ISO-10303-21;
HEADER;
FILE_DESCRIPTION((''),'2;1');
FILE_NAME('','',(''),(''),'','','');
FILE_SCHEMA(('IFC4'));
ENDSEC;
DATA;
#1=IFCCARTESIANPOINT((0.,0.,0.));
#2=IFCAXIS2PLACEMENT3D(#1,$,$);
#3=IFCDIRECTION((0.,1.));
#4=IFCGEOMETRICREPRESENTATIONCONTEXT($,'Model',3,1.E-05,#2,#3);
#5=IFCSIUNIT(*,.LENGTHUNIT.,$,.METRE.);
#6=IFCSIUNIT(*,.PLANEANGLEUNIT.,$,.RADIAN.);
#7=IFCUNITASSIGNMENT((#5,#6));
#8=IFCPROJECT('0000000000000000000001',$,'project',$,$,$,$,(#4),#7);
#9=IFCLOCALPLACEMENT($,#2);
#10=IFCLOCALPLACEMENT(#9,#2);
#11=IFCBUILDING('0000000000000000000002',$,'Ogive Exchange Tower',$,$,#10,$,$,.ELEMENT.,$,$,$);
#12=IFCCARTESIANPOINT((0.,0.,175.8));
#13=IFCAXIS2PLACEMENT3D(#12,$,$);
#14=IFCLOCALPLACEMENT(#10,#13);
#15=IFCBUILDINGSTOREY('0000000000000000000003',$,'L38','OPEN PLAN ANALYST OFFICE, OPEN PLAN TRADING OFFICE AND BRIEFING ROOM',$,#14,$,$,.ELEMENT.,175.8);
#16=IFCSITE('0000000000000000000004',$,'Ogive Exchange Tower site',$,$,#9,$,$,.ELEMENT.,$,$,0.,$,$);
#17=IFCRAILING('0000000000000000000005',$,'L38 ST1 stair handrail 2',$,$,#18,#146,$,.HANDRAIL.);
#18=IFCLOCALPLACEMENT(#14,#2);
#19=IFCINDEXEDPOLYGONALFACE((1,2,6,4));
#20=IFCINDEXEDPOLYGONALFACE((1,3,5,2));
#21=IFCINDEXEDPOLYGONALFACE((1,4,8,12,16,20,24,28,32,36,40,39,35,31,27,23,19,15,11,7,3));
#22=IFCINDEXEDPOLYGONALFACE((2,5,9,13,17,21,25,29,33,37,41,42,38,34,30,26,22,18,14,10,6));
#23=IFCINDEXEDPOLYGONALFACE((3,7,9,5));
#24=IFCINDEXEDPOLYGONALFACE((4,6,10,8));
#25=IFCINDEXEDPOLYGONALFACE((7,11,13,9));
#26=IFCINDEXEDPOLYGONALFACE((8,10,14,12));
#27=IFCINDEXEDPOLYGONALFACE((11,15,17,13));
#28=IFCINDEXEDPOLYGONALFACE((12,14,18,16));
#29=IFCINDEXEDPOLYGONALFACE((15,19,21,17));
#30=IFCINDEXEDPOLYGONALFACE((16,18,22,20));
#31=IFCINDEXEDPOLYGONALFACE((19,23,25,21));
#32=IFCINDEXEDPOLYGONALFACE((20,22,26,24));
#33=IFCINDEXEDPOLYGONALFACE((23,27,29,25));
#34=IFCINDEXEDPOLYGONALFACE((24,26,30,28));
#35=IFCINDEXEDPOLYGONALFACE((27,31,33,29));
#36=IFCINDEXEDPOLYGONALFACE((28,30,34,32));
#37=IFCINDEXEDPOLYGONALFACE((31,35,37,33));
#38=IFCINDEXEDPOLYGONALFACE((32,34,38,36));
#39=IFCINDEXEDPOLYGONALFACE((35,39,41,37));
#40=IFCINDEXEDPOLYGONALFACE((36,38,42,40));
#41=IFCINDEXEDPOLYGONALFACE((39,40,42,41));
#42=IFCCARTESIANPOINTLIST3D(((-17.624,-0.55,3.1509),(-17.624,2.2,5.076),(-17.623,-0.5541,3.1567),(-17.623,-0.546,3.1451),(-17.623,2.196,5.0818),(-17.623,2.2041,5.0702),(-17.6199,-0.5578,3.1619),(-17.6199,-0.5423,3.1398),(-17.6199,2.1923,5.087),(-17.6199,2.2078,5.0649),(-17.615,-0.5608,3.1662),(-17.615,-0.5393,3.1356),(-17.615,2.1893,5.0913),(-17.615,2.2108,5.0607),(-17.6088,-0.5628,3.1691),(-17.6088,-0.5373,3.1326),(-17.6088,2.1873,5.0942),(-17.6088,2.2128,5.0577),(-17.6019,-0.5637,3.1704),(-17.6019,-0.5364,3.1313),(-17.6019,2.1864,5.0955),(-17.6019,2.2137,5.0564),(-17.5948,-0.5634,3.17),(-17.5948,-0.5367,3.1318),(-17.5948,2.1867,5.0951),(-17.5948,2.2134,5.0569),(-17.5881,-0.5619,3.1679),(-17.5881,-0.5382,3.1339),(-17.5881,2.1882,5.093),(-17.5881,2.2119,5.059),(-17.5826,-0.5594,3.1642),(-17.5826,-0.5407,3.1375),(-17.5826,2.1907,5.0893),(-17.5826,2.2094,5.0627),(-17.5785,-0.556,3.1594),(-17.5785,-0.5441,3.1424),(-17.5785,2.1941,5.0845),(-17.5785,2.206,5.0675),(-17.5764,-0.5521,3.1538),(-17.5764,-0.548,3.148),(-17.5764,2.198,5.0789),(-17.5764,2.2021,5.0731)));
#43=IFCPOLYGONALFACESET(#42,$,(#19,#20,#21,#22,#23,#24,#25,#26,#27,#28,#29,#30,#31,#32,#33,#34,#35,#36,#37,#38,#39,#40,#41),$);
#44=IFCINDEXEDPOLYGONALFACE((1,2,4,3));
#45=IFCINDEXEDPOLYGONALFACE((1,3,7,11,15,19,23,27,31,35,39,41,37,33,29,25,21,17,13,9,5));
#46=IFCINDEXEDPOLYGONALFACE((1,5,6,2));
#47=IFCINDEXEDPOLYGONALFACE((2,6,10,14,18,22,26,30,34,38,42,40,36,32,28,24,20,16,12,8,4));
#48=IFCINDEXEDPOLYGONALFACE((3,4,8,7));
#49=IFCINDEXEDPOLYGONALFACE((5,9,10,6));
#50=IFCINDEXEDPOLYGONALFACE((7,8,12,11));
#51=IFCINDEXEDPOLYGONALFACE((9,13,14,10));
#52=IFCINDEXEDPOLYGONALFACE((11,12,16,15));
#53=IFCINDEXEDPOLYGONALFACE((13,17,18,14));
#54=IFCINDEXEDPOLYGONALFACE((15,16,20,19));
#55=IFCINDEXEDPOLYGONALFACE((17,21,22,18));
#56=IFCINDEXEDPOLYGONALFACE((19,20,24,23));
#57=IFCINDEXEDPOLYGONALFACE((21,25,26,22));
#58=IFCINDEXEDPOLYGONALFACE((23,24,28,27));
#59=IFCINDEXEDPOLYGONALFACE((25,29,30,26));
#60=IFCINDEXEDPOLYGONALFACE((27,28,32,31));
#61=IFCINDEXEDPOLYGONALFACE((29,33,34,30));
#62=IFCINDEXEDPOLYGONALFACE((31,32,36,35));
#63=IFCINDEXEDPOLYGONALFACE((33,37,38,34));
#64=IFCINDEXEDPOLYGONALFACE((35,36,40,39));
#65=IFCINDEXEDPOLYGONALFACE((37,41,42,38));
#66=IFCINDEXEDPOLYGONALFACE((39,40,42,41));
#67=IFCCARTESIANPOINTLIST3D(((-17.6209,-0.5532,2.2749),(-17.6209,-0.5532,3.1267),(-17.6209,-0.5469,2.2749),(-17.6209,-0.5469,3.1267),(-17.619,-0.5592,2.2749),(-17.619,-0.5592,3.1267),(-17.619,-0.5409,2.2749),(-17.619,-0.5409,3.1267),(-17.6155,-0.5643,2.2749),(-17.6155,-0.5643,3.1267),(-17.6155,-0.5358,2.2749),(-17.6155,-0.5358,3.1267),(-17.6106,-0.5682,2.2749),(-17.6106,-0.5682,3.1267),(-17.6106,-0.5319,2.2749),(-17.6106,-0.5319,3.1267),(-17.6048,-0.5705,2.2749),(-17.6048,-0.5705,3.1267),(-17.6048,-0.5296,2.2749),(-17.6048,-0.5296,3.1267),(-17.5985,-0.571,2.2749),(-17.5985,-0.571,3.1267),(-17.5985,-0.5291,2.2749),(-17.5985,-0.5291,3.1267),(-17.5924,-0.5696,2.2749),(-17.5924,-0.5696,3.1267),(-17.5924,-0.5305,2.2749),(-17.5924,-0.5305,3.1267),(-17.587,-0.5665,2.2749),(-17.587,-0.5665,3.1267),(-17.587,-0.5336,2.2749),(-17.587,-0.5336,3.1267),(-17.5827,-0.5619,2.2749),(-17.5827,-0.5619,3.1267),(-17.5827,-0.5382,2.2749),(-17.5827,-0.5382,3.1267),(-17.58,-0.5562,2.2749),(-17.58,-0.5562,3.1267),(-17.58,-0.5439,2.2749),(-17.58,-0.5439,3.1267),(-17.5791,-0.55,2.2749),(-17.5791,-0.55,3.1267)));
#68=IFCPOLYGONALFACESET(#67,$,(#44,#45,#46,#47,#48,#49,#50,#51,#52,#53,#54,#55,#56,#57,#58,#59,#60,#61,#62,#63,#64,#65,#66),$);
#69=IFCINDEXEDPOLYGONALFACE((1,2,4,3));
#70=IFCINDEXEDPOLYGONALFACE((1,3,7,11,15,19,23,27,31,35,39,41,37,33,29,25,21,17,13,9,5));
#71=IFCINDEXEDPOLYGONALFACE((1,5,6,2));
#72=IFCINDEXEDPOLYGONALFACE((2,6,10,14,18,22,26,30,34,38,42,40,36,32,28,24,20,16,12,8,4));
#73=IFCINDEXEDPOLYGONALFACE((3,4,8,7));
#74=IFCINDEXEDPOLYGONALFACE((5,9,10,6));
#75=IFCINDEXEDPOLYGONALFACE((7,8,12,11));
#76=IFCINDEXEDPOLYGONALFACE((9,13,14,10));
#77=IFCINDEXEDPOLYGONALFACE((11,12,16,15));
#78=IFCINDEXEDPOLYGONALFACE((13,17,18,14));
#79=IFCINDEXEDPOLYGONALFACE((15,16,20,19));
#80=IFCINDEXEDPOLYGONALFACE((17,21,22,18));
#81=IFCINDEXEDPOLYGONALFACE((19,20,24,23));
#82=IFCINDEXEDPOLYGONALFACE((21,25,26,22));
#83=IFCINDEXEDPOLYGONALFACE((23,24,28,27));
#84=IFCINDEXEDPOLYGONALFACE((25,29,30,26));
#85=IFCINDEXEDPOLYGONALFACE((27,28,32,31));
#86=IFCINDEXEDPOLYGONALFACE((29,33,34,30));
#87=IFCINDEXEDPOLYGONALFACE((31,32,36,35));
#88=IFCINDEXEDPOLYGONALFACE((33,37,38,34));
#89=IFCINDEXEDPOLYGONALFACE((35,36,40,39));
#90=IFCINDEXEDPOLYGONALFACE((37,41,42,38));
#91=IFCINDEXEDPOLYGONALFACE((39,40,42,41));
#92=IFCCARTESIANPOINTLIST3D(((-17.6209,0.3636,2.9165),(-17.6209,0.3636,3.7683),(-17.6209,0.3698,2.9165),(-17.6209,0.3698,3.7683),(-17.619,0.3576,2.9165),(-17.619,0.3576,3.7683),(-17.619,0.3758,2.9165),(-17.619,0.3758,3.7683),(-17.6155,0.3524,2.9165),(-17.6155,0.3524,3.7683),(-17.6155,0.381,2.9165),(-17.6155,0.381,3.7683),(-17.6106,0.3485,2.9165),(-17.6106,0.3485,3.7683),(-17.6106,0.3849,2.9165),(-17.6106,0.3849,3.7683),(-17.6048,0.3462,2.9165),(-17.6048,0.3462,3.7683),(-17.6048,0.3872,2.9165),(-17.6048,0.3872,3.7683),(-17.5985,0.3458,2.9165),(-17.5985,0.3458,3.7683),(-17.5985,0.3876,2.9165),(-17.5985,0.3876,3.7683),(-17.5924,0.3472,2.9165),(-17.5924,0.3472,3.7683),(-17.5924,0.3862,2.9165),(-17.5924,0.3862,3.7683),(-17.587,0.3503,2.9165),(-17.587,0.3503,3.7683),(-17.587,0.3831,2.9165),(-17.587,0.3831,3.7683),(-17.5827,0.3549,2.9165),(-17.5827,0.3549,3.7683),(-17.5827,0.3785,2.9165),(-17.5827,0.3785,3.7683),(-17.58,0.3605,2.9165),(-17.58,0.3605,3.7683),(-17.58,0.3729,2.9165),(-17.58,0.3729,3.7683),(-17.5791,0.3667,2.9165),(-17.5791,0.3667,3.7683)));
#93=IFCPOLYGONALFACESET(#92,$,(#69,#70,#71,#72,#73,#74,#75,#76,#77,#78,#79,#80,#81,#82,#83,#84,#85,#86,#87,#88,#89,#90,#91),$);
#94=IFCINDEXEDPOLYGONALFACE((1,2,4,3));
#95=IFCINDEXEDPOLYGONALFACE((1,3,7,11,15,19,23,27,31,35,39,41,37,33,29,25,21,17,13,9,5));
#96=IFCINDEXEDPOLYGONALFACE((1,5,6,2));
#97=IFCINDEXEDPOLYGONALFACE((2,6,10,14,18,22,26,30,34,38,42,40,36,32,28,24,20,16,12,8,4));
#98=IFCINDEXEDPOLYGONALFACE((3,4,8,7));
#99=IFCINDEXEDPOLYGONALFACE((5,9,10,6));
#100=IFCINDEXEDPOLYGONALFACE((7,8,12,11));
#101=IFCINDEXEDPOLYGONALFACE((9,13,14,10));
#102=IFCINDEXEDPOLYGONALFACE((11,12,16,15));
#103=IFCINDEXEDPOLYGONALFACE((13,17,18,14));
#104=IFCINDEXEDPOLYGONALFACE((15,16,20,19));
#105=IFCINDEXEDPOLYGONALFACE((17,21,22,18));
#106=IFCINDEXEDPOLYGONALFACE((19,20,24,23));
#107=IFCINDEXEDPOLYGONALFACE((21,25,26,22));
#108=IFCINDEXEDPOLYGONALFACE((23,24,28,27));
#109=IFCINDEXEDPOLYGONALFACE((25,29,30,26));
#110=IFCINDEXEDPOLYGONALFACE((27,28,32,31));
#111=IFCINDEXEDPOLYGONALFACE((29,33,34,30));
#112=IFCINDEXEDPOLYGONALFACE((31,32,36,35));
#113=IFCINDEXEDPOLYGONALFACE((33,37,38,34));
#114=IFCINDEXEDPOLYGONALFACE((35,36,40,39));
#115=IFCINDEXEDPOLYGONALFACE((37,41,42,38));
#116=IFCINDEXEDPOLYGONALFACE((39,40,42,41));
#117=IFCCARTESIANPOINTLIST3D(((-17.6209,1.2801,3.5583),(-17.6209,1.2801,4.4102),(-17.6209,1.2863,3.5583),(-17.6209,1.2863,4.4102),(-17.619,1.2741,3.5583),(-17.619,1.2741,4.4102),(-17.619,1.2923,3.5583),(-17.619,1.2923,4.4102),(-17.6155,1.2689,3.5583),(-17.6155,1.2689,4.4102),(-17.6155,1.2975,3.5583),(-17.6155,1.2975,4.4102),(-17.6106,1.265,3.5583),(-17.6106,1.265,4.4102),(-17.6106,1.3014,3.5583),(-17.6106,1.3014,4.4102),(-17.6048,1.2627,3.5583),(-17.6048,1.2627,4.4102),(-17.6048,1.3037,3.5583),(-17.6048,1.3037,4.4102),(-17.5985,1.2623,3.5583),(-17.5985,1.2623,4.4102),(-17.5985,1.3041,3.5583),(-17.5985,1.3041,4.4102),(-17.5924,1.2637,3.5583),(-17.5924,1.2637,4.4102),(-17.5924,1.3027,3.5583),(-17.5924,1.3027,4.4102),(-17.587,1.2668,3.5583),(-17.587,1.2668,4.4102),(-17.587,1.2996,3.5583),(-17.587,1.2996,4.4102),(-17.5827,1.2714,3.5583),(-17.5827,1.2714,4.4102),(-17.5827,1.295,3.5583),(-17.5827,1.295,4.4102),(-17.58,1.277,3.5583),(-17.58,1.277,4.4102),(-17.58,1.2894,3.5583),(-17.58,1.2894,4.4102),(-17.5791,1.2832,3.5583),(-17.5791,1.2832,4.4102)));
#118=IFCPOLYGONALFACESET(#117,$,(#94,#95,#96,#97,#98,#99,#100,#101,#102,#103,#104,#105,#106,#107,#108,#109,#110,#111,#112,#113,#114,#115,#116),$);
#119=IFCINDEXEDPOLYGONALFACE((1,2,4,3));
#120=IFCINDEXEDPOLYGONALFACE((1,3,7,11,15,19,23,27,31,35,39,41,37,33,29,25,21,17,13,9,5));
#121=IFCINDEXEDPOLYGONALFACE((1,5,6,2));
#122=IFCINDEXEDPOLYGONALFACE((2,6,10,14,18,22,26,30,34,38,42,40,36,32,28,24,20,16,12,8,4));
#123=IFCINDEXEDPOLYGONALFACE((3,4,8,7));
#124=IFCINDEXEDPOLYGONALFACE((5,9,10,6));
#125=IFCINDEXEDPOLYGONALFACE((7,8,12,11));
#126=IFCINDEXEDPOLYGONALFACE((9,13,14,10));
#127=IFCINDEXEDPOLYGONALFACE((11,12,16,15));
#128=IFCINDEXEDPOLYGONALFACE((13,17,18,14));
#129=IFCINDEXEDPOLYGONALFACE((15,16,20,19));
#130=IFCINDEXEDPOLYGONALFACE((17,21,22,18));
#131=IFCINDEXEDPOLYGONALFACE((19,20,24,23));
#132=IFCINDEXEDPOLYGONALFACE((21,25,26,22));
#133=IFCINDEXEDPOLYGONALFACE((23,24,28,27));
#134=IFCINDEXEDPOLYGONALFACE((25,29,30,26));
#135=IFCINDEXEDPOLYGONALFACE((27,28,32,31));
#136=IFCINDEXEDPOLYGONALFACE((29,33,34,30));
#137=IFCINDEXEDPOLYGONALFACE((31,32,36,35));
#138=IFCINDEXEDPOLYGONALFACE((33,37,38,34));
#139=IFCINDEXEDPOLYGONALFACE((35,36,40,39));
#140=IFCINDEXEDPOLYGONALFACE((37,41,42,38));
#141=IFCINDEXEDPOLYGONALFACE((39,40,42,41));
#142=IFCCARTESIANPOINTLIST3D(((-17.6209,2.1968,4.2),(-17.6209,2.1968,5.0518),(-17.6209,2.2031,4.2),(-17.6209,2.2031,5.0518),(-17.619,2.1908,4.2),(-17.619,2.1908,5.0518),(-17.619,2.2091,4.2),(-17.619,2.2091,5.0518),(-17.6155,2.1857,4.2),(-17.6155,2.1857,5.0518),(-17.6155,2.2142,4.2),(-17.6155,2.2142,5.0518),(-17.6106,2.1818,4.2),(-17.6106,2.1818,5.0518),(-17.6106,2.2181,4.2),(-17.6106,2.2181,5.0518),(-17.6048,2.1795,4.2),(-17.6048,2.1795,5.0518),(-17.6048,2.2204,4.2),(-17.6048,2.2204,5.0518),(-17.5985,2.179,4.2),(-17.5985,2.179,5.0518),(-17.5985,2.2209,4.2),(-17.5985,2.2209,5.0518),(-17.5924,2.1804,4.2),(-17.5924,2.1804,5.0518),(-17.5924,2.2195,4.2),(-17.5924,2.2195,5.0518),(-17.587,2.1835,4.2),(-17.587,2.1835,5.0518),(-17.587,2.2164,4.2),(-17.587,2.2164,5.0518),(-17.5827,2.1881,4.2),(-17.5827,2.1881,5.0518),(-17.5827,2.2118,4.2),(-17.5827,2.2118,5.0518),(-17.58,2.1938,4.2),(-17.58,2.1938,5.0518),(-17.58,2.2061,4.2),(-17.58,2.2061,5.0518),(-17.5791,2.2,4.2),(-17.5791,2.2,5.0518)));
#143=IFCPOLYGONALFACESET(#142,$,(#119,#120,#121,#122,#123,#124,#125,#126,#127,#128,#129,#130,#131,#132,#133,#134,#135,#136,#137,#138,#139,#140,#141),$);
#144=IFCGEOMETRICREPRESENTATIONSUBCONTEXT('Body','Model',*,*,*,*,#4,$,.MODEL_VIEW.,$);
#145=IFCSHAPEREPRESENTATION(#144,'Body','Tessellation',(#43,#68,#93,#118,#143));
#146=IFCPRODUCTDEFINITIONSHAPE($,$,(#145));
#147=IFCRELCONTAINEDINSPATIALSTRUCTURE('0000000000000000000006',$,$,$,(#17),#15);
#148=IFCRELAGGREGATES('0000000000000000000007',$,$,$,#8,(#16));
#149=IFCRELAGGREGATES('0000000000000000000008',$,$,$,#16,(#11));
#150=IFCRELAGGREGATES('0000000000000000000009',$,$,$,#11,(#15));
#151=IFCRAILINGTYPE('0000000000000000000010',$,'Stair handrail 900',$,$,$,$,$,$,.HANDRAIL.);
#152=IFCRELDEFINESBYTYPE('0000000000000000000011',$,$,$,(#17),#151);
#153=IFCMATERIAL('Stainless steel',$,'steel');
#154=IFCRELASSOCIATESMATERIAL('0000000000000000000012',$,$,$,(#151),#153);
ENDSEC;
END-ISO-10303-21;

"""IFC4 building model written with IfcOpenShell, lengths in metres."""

from ifc_helpers import new_model, si_unit, direction, frame, origin, origin_2d, place, context, subcontext, project, spatial, circle, extrude, material, type_object, element, save


model = new_model("IFC4")

# Units and contexts
model_context = context("Model", 3, precision=1e-05, world=origin(), true_north=direction((0.0, 1.0)))
body_context = subcontext(model_context, "Body", "Model", "MODEL_VIEW")
ifc_project = project(units=[si_unit("LENGTHUNIT", "METRE"), si_unit("PLANEANGLEUNIT", "RADIAN")], contexts=[model_context])

# Site, building, storey
site_placement = place(None, origin())
site = spatial("IfcSite", under=ifc_project, at=site_placement, Name="Ogive Exchange Tower site", CompositionType="ELEMENT", RefElevation=0.0)
building_placement = place(site_placement, origin())
building = spatial("IfcBuilding", under=site, at=building_placement, Name="Ogive Exchange Tower", CompositionType="ELEMENT")
storey_placement = place(building_placement, frame((0.0, 0.0, 175.8)))
storey = spatial("IfcBuildingStorey", under=building, at=storey_placement, Name="L38", Description="OPEN PLAN ANALYST OFFICE, OPEN PLAN TRADING OFFICE AND BRIEFING ROOM", CompositionType="ELEMENT", Elevation=175.8)

# Shared definitions
ifc_material_1 = material(Name="Stainless steel", Category="steel")

# Railing
railing_type = type_object("IfcRailingType", Name="Stair handrail 900", PredefinedType="HANDRAIL", material=ifc_material_1)
railing_placement = place(storey_placement, frame((-17.6001, -0.55, 2.2749)))
element("IfcRailing", 1, at=railing_placement, inside=storey, type_object=railing_type, Name="L38 ST1 stair handrail 2", PredefinedType="HANDRAIL", context=body_context, shape_type="SweptSolid", body=[
    extrude(circle(Radius=0.0239, at=origin_2d()), frame((0.0, 0.0, 0.876), z_axis=(0.0, 0.819225, 0.573472), x_axis=(-1.0, 0.0, 0.0)), (0.0, 0.0, 1.0), 3.3569),
    extrude(circle(Radius=0.021, at=origin_2d()), origin(), (0.0, 0.0, 1.0), 0.8518),
    extrude(circle(Radius=0.021, at=origin_2d()), frame((0.0, 0.9167, 0.6416)), (0.0, 0.0, 1.0), 0.8518),
    extrude(circle(Radius=0.021, at=origin_2d()), frame((0.0, 1.8333, 1.2834)), (0.0, 0.0, 1.0), 0.8518),
    extrude(circle(Radius=0.021, at=origin_2d()), frame((0.0, 2.75, 1.925)), (0.0, 0.0, 1.0), 0.8518),
])

save(model, "model.ifc")
